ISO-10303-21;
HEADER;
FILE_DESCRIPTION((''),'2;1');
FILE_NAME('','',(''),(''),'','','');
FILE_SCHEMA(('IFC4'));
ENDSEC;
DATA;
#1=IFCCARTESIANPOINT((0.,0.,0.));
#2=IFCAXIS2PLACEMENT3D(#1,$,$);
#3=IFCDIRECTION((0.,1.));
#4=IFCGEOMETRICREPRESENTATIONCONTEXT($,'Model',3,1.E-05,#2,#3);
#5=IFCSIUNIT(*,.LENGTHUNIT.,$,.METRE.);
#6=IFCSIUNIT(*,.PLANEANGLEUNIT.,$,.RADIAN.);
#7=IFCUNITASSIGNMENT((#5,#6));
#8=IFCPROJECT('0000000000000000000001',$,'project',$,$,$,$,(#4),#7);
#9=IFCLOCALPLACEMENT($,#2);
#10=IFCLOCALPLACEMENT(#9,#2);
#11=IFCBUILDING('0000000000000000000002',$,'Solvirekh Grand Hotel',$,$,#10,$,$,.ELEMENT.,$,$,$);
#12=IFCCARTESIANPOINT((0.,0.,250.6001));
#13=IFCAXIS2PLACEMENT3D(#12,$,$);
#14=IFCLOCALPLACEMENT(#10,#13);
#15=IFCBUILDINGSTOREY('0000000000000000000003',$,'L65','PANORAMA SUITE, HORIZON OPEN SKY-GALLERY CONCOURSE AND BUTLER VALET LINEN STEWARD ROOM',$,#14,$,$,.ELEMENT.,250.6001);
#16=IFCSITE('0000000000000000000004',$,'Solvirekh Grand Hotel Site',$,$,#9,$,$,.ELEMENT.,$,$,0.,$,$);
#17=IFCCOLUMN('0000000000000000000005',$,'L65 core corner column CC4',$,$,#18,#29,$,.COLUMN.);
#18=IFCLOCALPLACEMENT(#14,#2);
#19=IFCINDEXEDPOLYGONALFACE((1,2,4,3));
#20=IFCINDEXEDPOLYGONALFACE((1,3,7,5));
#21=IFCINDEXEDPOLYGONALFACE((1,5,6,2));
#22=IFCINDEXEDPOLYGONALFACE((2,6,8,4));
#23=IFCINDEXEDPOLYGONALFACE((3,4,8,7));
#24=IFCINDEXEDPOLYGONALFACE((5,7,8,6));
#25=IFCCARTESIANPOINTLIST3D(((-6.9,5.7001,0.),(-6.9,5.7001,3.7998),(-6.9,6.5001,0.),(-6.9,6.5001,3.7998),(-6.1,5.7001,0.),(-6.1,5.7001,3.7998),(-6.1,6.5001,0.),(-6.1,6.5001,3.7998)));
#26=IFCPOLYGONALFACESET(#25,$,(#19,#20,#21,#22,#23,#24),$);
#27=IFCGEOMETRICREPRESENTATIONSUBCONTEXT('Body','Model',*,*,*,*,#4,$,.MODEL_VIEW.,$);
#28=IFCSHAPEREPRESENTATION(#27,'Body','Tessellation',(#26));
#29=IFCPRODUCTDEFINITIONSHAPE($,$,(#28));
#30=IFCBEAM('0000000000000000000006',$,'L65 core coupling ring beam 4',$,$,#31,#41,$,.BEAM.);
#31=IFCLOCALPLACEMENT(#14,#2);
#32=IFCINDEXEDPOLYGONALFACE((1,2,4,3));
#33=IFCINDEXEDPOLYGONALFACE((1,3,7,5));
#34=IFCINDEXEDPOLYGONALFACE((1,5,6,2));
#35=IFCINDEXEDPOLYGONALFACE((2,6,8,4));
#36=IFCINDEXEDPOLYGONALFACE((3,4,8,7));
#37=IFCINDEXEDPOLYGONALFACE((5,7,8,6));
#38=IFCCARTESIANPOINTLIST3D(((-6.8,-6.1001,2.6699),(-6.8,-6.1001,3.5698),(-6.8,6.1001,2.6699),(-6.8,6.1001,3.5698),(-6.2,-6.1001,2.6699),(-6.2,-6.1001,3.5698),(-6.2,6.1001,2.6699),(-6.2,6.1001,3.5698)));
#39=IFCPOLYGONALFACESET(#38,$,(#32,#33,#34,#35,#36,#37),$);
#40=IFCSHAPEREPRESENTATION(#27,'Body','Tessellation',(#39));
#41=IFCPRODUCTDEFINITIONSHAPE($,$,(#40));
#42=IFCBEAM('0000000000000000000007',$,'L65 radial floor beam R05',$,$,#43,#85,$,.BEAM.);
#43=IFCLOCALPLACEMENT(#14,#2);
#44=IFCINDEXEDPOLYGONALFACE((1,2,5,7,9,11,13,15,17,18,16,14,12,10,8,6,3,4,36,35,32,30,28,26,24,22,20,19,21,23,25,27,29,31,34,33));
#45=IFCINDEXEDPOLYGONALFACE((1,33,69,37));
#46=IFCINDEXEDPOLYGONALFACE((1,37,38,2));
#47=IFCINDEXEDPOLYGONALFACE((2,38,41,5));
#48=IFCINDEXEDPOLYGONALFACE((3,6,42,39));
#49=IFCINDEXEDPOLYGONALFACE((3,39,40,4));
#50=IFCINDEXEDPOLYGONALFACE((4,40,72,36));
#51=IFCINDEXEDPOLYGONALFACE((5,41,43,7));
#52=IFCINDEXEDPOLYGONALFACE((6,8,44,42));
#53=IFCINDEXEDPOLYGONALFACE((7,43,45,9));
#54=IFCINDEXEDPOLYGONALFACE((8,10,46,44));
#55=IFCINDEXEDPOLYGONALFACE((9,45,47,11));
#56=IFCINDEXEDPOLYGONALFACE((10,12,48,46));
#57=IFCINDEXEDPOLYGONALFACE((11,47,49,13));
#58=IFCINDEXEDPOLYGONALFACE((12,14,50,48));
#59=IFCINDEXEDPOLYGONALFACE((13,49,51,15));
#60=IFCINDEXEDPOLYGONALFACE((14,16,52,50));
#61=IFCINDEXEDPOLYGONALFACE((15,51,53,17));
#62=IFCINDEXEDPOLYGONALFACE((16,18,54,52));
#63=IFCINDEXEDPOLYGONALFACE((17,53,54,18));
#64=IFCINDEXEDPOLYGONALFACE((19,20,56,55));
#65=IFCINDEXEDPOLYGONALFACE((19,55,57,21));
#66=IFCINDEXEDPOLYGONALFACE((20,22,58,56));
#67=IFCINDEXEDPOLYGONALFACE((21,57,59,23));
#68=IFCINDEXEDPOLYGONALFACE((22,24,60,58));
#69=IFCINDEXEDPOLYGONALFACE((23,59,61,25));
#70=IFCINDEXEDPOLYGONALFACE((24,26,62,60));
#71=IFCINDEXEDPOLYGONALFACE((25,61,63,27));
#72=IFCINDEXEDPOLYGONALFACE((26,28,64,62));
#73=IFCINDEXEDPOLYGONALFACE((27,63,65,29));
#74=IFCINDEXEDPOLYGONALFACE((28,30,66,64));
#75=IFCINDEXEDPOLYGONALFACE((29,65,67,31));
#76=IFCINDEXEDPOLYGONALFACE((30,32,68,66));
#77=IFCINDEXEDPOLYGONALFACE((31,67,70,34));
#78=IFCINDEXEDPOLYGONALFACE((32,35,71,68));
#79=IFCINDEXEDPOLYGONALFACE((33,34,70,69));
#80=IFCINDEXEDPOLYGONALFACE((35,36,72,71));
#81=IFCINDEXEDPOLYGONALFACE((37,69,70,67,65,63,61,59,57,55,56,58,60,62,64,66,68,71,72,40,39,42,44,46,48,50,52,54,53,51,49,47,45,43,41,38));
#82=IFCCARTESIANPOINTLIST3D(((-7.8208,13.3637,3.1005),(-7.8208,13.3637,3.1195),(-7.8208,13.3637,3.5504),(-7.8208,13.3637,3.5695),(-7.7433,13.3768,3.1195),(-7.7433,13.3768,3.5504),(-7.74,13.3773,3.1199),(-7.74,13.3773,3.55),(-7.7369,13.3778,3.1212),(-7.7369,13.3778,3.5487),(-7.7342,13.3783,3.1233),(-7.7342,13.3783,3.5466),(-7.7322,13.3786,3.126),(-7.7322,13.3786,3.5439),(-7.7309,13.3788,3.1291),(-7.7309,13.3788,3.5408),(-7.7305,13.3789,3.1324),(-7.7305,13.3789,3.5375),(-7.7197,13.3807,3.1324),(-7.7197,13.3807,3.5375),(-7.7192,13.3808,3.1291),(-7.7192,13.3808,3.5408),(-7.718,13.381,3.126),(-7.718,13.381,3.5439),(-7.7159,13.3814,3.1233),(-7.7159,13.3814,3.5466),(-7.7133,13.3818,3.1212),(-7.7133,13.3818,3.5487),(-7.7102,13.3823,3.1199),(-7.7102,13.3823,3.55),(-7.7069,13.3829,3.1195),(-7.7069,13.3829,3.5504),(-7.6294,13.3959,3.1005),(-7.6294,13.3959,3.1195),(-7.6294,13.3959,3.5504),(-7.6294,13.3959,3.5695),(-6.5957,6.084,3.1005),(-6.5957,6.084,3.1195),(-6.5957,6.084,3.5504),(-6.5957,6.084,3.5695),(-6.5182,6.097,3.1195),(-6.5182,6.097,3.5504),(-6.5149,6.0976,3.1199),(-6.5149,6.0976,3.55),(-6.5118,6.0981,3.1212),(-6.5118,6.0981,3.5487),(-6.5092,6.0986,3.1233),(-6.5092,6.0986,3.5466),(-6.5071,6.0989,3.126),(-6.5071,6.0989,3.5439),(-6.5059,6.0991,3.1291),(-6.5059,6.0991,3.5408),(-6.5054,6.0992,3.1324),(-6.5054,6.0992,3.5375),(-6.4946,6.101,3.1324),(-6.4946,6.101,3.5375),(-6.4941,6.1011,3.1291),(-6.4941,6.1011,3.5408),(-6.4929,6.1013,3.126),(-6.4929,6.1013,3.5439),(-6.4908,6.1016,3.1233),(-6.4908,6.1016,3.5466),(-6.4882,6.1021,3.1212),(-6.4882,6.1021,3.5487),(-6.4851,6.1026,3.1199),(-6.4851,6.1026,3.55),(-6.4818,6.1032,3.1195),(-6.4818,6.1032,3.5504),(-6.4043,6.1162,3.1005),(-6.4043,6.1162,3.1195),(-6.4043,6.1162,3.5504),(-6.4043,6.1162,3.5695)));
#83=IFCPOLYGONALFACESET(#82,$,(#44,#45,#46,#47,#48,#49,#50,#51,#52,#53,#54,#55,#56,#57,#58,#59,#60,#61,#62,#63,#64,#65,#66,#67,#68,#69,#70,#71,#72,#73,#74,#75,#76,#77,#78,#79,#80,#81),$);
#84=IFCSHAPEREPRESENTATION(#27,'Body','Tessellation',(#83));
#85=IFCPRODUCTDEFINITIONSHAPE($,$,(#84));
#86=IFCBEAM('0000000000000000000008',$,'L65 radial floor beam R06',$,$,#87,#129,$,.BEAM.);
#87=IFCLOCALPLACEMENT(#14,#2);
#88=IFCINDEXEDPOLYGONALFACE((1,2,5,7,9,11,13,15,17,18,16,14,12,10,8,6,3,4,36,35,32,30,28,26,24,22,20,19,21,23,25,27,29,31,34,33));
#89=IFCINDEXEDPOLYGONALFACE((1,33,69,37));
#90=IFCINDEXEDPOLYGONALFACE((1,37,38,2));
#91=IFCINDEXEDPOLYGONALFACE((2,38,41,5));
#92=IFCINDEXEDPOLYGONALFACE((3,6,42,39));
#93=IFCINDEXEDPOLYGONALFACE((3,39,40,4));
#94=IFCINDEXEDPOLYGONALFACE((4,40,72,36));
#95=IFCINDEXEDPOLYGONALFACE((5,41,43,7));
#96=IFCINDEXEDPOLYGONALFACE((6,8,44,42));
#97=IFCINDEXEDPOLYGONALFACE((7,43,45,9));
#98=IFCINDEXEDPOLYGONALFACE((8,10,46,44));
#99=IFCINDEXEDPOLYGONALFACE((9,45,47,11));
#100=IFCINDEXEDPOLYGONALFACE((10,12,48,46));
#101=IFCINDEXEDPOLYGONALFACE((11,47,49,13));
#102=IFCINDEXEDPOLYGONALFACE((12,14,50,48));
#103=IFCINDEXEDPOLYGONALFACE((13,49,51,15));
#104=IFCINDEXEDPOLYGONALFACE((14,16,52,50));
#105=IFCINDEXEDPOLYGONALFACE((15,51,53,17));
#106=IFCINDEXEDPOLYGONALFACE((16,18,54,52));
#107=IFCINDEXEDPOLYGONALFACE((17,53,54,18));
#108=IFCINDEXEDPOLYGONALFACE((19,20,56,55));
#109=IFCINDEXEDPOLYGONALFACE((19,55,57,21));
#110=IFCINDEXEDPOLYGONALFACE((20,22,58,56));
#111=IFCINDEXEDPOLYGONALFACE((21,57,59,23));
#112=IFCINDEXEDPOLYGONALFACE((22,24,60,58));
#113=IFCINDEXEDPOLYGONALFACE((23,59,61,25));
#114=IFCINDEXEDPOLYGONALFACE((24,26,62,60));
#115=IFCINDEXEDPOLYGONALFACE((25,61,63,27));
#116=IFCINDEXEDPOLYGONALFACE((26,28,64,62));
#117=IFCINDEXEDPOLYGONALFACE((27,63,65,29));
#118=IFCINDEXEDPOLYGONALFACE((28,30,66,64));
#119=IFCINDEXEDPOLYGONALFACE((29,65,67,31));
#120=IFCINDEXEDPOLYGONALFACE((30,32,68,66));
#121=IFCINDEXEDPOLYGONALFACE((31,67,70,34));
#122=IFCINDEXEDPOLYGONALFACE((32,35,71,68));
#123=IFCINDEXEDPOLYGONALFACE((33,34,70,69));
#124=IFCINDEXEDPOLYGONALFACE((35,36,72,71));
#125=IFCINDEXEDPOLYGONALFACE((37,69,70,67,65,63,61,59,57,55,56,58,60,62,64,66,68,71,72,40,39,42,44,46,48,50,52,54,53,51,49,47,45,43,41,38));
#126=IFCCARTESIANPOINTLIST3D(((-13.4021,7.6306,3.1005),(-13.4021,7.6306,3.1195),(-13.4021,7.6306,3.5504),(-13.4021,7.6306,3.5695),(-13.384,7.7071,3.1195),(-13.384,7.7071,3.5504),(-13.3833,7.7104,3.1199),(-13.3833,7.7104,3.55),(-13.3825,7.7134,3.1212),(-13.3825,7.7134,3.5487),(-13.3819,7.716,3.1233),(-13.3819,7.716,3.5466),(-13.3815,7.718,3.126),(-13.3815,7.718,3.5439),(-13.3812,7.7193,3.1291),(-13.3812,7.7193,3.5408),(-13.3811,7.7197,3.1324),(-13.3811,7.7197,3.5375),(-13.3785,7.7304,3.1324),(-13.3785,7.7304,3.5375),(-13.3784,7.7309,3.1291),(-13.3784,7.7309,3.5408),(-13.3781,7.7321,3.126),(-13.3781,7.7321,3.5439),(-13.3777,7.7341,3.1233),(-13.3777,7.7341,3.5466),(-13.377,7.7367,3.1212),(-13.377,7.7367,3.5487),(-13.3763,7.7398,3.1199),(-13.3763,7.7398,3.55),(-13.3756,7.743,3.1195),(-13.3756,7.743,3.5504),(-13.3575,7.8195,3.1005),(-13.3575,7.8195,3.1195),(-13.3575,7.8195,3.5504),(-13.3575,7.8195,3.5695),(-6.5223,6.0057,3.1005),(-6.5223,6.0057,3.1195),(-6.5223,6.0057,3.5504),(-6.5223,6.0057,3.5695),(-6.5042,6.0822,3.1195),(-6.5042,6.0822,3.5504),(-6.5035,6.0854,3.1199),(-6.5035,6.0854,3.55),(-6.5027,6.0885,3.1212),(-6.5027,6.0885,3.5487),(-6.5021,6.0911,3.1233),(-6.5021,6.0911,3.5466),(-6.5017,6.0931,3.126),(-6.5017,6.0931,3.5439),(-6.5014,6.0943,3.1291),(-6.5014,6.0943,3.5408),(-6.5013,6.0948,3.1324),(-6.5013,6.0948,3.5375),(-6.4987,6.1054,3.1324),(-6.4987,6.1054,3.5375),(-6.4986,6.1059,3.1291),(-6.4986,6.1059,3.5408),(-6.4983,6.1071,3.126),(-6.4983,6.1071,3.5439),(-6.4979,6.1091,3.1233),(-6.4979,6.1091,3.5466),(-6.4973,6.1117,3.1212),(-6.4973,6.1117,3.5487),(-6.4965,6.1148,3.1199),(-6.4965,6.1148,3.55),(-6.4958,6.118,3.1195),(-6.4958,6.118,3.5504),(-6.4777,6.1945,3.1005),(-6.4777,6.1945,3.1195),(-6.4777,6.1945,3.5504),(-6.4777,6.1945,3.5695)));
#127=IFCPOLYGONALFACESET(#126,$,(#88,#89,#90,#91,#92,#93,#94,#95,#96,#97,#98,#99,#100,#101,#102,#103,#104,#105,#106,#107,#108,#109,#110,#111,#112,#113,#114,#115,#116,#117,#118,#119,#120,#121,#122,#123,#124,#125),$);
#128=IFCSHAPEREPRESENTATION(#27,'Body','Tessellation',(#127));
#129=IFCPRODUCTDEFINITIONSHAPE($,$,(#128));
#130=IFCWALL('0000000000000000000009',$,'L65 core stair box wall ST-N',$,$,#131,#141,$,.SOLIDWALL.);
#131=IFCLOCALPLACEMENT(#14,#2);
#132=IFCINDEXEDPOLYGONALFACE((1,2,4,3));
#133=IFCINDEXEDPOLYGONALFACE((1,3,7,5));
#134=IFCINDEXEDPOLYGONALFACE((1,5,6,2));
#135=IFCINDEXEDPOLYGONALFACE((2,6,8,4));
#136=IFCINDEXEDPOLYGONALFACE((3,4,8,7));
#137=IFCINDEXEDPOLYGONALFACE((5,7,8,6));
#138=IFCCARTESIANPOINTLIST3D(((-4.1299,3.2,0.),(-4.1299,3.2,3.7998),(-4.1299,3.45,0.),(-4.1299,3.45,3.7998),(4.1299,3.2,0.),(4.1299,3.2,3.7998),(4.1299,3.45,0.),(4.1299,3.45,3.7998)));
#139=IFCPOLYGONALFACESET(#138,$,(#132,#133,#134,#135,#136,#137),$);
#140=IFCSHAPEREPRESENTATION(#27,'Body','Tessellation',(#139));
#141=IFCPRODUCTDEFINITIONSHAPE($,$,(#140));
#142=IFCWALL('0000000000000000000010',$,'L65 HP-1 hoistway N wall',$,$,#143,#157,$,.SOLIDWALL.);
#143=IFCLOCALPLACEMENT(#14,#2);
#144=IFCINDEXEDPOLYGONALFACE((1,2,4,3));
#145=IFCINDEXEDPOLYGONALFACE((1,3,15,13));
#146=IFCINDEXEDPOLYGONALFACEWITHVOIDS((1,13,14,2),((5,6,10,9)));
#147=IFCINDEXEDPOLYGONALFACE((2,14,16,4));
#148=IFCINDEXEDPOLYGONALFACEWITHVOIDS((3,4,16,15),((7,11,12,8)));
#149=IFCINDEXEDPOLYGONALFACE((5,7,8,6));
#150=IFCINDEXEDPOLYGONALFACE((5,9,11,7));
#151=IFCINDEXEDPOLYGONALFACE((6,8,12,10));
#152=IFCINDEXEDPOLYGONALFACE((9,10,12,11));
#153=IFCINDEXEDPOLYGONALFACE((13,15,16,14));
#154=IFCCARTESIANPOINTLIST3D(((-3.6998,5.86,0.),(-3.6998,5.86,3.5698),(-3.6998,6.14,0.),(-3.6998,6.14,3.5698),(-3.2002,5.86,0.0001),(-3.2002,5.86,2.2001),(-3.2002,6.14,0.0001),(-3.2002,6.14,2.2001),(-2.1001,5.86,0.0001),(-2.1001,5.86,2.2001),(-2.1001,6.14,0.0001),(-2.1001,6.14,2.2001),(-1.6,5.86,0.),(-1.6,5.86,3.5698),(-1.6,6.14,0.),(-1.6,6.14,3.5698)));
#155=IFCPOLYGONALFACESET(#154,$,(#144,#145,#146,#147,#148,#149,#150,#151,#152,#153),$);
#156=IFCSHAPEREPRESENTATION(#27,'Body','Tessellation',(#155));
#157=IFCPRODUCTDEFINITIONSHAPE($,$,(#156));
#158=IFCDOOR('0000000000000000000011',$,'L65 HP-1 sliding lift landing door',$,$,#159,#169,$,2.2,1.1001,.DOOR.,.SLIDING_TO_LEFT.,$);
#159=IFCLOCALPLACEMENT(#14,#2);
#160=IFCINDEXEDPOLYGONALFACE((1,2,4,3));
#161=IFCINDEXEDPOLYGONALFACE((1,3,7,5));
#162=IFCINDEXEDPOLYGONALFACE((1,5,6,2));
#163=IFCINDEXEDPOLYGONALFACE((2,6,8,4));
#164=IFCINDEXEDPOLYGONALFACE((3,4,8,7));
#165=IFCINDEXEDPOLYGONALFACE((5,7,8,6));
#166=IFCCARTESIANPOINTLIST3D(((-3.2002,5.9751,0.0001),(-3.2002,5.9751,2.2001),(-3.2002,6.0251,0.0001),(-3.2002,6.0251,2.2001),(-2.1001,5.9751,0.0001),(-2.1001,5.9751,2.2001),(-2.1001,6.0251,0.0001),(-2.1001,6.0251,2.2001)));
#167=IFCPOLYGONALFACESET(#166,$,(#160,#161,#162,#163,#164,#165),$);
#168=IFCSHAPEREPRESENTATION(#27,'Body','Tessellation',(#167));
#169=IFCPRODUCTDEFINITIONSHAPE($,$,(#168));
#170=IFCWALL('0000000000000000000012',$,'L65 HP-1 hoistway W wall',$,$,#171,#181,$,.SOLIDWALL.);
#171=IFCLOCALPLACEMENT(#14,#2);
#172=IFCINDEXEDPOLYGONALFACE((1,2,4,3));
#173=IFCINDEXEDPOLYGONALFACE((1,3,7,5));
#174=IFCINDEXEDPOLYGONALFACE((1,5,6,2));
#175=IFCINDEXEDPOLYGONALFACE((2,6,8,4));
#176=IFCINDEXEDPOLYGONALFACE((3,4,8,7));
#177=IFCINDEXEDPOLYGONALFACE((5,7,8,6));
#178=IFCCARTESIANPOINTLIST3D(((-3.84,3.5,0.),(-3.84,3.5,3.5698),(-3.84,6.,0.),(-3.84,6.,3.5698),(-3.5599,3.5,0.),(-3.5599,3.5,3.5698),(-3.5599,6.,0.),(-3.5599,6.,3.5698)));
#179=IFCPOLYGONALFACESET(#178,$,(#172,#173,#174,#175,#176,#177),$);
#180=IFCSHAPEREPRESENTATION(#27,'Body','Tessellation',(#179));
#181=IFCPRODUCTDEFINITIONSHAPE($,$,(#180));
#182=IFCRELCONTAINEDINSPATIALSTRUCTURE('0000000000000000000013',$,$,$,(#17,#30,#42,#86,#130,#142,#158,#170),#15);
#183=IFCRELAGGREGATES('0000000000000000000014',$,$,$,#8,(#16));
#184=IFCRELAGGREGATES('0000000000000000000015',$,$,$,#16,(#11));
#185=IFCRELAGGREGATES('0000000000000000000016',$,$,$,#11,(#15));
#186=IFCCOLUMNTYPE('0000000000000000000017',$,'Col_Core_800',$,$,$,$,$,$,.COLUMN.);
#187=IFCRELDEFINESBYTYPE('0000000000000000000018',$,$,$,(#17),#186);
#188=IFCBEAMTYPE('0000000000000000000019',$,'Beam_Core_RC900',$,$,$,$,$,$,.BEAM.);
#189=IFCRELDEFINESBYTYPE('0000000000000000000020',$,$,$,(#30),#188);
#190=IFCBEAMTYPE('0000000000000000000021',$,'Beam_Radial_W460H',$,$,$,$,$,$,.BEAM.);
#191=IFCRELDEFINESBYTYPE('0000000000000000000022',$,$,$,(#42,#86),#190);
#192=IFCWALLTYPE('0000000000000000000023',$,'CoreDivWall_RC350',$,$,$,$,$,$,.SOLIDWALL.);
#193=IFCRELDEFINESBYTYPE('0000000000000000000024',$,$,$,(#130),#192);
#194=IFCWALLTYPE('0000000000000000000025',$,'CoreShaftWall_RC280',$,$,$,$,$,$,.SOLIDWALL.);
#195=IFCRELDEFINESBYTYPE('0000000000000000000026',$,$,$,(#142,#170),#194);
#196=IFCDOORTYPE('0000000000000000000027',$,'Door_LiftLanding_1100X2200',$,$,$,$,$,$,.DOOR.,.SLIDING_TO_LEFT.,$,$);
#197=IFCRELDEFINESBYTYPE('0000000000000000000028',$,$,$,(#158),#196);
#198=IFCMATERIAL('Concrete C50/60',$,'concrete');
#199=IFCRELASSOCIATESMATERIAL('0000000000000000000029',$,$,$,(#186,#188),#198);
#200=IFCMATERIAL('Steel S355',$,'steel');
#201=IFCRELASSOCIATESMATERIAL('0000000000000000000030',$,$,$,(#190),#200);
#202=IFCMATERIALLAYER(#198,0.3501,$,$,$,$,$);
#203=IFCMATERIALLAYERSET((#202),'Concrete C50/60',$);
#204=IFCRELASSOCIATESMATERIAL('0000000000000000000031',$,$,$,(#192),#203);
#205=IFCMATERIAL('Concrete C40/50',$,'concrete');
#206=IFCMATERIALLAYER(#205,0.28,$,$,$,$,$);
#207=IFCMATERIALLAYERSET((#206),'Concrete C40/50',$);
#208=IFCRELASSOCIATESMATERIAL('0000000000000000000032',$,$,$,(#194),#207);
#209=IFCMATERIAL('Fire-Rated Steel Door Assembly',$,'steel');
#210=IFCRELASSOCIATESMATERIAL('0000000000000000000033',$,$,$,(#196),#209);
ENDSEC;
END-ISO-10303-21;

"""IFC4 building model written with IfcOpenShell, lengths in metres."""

from ifc_helpers import new_model, si_unit, direction, frame, frame_2d, origin, origin_2d, place, context, subcontext, project, spatial, rectangle, i_section, extrude, material, layer, layer_set, material_profile, profile_set, type_object, element, fill, save


model = new_model("IFC4")

# Units and contexts
model_context = context("Model", 3, precision=1e-05, world=origin(), true_north=direction((0.0, 1.0)))
body_context = subcontext(model_context, "Body", "Model", "MODEL_VIEW")
ifc_project = project(units=[si_unit("LENGTHUNIT", "METRE"), si_unit("PLANEANGLEUNIT", "RADIAN")], contexts=[model_context])

# Site, building, storey
site_placement = place(None, origin())
site = spatial("IfcSite", under=ifc_project, at=site_placement, Name="Solvirekh Grand Hotel Site", CompositionType="ELEMENT", RefElevation=0.0)
building_placement = place(site_placement, origin())
building = spatial("IfcBuilding", under=site, at=building_placement, Name="Solvirekh Grand Hotel", CompositionType="ELEMENT")
storey_placement = place(building_placement, frame((0.0, 0.0, 250.6001)))
storey = spatial("IfcBuildingStorey", under=building, at=storey_placement, Name="L65", Description="PANORAMA SUITE, HORIZON OPEN SKY-GALLERY CONCOURSE AND BUTLER VALET LINEN STEWARD ROOM", CompositionType="ELEMENT", Elevation=250.6001)

# Column
ifc_material_1 = material(Name="Concrete C50/60", Category="concrete")
ifc_material_profile_1 = material_profile(ifc_material_1, rectangle(XDim=0.8, YDim=0.8, at=origin_2d()), Name="RC 800X800")
ifc_profile_set_1 = profile_set([ifc_material_profile_1], Name="Concrete C50/60")
column_type = type_object("IfcColumnType", Name="Col_Core_800", PredefinedType="COLUMN", material=ifc_profile_set_1)
column_placement = place(storey_placement, frame((-6.5, 6.1001, 0.0), z_axis=(0.0, 0.0, 1.0), x_axis=(1.0, 0.0, 0.0)))
element("IfcColumn", 1, at=column_placement, inside=storey, type_object=column_type, Name="L65 core corner column CC4", PredefinedType="COLUMN", context=body_context, shape_type="SweptSolid", body=[
    extrude(rectangle(XDim=0.8, YDim=0.8, at=origin_2d()), origin(), (0.0, 0.0, 1.0), 3.7998),
])

# Beams
ifc_material_profile_2 = material_profile(ifc_material_1, rectangle(XDim=0.6001, YDim=0.8999, at=origin_2d()), Name="RC BEAM 600X900")
ifc_profile_set_2 = profile_set([ifc_material_profile_2], Name="Concrete C50/60")
beam_type_1 = type_object("IfcBeamType", Name="Beam_Core_RC900", PredefinedType="BEAM", material=ifc_profile_set_2)
beam_1_placement = place(storey_placement, frame((-6.5, 6.1001, 3.1199), z_axis=(0.0, -1.0, 0.0), x_axis=(1.0, 0.0, 0.0)))
element("IfcBeam", 2, at=beam_1_placement, inside=storey, type_object=beam_type_1, Name="L65 core coupling ring beam 4", PredefinedType="BEAM", context=body_context, shape_type="SweptSolid", body=[
    extrude(rectangle(XDim=0.6001, YDim=0.8999, at=origin_2d()), origin(), (0.0, 0.0, 1.0), 12.2002),
])
ifc_material_2 = material(Name="Steel S355", Category="steel")
ifc_material_profile_3 = material_profile(ifc_material_2, i_section(OverallWidth=0.1941, OverallDepth=0.469, WebThickness=0.011, FlangeThickness=0.019, FilletRadius=0.0129, at=origin_2d()), Name="W460X106")
ifc_profile_set_3 = profile_set([ifc_material_profile_3], Name="Steel S355")
beam_type_2 = type_object("IfcBeamType", Name="Beam_Radial_W460H", PredefinedType="BEAM", material=ifc_profile_set_3)
beam_2_placement = place(storey_placement, frame((-6.5, 6.1001, 3.335), z_axis=(-0.165954, 0.986133, 0.0), x_axis=(-0.986133, -0.165954, 0.0)))
element("IfcBeam", 3, at=beam_2_placement, inside=storey, type_object=beam_type_2, Name="L65 radial floor beam R05", PredefinedType="BEAM", context=body_context, shape_type="SweptSolid", body=[
    extrude(i_section(OverallWidth=0.1941, OverallDepth=0.469, WebThickness=0.011, FlangeThickness=0.019, FilletRadius=0.0129, at=origin_2d()), origin(), (0.0, 0.0, 1.0), 7.3821),
])
beam_3_placement = place(storey_placement, frame((-6.5, 6.1001, 3.335), z_axis=(-0.973221, 0.229871, 0.0), x_axis=(-0.229871, -0.973221, 0.0)))
element("IfcBeam", 4, at=beam_3_placement, inside=storey, type_object=beam_type_2, Name="L65 radial floor beam R06", PredefinedType="BEAM", context=body_context, shape_type="SweptSolid", body=[
    extrude(i_section(OverallWidth=0.1941, OverallDepth=0.469, WebThickness=0.011, FlangeThickness=0.019, FilletRadius=0.0129, at=origin_2d()), origin(), (0.0, 0.0, 1.0), 7.0691),
])

# Wall
ifc_layer_1 = layer(ifc_material_1, 0.3501)
ifc_layer_set_1 = layer_set([ifc_layer_1], Name="Concrete C50/60")
wall_type_1 = type_object("IfcWallType", Name="CoreDivWall_RC350", PredefinedType="SOLIDWALL", material=ifc_layer_set_1)
wall_1_placement = place(storey_placement, frame((-4.1299, 3.325, 0.0), z_axis=(0.0, 0.0, 1.0), x_axis=(1.0, 0.0, 0.0)))
element("IfcWall", 5, at=wall_1_placement, inside=storey, type_object=wall_type_1, Name="L65 core stair box wall ST-N", PredefinedType="SOLIDWALL", context=body_context, shape_type="SweptSolid", body=[
    extrude(rectangle(XDim=8.2598, YDim=0.25, at=frame_2d((4.1299, 0.0))), origin(), (0.0, 0.0, 1.0), 3.7998),
])

# Wall, opening, door
ifc_material_3 = material(Name="Concrete C40/50", Category="concrete")
ifc_layer_2 = layer(ifc_material_3, 0.28)
ifc_layer_set_2 = layer_set([ifc_layer_2], Name="Concrete C40/50")
wall_type_2 = type_object("IfcWallType", Name="CoreShaftWall_RC280", PredefinedType="SOLIDWALL", material=ifc_layer_set_2)
wall_2_placement = place(storey_placement, frame((-1.6001, 6.0, 0.0), z_axis=(0.0, 0.0, 1.0), x_axis=(-1.0, 0.0, 0.0)))
wall_2 = element("IfcWall", 6, at=wall_2_placement, inside=storey, type_object=wall_type_2, Name="L65 HP-1 hoistway N wall", PredefinedType="SOLIDWALL", context=body_context, shape_type="SweptSolid", body=[
    extrude(rectangle(XDim=2.0999, YDim=0.28, at=frame_2d((1.0498, 0.0))), origin(), (0.0, 0.0, 1.0), 3.5698),
])
opening_1_placement = place(wall_2_placement, frame((0.5, 0.0, 0.0)))
opening_1 = element("IfcOpeningElement", 7, at=opening_1_placement, cuts=wall_2, PredefinedType="OPENING", context=body_context, shape_type="SweptSolid", body=[
    extrude(rectangle(XDim=1.1001, YDim=2.2, at=frame_2d((0.55, 1.1001))), frame((0.0, 0.1499, 0.0), z_axis=(0.0, -1.0, 0.0), x_axis=(1.0, 0.0, 0.0)), (0.0, 0.0, 1.0), 0.3),
])
ifc_material_4 = material(Name="Fire-Rated Steel Door Assembly", Category="steel")
door_type_1 = type_object("IfcDoorType", Name="Door_LiftLanding_1100X2200", OperationType="SLIDING_TO_LEFT", PredefinedType="DOOR", material=ifc_material_4)
door_1_placement = place(opening_1_placement, origin())
door_1 = element("IfcDoor", 8, at=door_1_placement, inside=storey, type_object=door_type_1, Name="L65 HP-1 sliding lift landing door", OperationType="SLIDING_TO_LEFT", OverallHeight=2.2, OverallWidth=1.1001, PredefinedType="DOOR", context=body_context, shape_type="SweptSolid", body=[
    extrude(rectangle(XDim=1.1001, YDim=2.2, at=frame_2d((0.55, 1.1001))), frame((0.0, 0.0249, 0.0), z_axis=(0.0, -1.0, 0.0), x_axis=(1.0, 0.0, 0.0)), (0.0, 0.0, 1.0), 0.05),
])
fill(opening_1, door_1)

# Wall
for number, where, z_axis, x_axis, name in (
    (9, (-3.7, 6.0, 0.0), (0.0, 0.0, 1.0), (0.0, -1.0, 0.0), "L65 HP-1 hoistway W wall"),
):
    element("IfcWall", number, at=place(storey_placement, frame(where, z_axis=z_axis, x_axis=x_axis)), inside=storey, type_object=wall_type_2, Name=name, PredefinedType="SOLIDWALL", context=body_context, shape_type="SweptSolid", body=[
        extrude(rectangle(XDim=2.5, YDim=0.28, at=frame_2d((1.25, 0.0))), origin(), (0.0, 0.0, 1.0), 3.5698),
    ])

save(model, "model.ifc")
